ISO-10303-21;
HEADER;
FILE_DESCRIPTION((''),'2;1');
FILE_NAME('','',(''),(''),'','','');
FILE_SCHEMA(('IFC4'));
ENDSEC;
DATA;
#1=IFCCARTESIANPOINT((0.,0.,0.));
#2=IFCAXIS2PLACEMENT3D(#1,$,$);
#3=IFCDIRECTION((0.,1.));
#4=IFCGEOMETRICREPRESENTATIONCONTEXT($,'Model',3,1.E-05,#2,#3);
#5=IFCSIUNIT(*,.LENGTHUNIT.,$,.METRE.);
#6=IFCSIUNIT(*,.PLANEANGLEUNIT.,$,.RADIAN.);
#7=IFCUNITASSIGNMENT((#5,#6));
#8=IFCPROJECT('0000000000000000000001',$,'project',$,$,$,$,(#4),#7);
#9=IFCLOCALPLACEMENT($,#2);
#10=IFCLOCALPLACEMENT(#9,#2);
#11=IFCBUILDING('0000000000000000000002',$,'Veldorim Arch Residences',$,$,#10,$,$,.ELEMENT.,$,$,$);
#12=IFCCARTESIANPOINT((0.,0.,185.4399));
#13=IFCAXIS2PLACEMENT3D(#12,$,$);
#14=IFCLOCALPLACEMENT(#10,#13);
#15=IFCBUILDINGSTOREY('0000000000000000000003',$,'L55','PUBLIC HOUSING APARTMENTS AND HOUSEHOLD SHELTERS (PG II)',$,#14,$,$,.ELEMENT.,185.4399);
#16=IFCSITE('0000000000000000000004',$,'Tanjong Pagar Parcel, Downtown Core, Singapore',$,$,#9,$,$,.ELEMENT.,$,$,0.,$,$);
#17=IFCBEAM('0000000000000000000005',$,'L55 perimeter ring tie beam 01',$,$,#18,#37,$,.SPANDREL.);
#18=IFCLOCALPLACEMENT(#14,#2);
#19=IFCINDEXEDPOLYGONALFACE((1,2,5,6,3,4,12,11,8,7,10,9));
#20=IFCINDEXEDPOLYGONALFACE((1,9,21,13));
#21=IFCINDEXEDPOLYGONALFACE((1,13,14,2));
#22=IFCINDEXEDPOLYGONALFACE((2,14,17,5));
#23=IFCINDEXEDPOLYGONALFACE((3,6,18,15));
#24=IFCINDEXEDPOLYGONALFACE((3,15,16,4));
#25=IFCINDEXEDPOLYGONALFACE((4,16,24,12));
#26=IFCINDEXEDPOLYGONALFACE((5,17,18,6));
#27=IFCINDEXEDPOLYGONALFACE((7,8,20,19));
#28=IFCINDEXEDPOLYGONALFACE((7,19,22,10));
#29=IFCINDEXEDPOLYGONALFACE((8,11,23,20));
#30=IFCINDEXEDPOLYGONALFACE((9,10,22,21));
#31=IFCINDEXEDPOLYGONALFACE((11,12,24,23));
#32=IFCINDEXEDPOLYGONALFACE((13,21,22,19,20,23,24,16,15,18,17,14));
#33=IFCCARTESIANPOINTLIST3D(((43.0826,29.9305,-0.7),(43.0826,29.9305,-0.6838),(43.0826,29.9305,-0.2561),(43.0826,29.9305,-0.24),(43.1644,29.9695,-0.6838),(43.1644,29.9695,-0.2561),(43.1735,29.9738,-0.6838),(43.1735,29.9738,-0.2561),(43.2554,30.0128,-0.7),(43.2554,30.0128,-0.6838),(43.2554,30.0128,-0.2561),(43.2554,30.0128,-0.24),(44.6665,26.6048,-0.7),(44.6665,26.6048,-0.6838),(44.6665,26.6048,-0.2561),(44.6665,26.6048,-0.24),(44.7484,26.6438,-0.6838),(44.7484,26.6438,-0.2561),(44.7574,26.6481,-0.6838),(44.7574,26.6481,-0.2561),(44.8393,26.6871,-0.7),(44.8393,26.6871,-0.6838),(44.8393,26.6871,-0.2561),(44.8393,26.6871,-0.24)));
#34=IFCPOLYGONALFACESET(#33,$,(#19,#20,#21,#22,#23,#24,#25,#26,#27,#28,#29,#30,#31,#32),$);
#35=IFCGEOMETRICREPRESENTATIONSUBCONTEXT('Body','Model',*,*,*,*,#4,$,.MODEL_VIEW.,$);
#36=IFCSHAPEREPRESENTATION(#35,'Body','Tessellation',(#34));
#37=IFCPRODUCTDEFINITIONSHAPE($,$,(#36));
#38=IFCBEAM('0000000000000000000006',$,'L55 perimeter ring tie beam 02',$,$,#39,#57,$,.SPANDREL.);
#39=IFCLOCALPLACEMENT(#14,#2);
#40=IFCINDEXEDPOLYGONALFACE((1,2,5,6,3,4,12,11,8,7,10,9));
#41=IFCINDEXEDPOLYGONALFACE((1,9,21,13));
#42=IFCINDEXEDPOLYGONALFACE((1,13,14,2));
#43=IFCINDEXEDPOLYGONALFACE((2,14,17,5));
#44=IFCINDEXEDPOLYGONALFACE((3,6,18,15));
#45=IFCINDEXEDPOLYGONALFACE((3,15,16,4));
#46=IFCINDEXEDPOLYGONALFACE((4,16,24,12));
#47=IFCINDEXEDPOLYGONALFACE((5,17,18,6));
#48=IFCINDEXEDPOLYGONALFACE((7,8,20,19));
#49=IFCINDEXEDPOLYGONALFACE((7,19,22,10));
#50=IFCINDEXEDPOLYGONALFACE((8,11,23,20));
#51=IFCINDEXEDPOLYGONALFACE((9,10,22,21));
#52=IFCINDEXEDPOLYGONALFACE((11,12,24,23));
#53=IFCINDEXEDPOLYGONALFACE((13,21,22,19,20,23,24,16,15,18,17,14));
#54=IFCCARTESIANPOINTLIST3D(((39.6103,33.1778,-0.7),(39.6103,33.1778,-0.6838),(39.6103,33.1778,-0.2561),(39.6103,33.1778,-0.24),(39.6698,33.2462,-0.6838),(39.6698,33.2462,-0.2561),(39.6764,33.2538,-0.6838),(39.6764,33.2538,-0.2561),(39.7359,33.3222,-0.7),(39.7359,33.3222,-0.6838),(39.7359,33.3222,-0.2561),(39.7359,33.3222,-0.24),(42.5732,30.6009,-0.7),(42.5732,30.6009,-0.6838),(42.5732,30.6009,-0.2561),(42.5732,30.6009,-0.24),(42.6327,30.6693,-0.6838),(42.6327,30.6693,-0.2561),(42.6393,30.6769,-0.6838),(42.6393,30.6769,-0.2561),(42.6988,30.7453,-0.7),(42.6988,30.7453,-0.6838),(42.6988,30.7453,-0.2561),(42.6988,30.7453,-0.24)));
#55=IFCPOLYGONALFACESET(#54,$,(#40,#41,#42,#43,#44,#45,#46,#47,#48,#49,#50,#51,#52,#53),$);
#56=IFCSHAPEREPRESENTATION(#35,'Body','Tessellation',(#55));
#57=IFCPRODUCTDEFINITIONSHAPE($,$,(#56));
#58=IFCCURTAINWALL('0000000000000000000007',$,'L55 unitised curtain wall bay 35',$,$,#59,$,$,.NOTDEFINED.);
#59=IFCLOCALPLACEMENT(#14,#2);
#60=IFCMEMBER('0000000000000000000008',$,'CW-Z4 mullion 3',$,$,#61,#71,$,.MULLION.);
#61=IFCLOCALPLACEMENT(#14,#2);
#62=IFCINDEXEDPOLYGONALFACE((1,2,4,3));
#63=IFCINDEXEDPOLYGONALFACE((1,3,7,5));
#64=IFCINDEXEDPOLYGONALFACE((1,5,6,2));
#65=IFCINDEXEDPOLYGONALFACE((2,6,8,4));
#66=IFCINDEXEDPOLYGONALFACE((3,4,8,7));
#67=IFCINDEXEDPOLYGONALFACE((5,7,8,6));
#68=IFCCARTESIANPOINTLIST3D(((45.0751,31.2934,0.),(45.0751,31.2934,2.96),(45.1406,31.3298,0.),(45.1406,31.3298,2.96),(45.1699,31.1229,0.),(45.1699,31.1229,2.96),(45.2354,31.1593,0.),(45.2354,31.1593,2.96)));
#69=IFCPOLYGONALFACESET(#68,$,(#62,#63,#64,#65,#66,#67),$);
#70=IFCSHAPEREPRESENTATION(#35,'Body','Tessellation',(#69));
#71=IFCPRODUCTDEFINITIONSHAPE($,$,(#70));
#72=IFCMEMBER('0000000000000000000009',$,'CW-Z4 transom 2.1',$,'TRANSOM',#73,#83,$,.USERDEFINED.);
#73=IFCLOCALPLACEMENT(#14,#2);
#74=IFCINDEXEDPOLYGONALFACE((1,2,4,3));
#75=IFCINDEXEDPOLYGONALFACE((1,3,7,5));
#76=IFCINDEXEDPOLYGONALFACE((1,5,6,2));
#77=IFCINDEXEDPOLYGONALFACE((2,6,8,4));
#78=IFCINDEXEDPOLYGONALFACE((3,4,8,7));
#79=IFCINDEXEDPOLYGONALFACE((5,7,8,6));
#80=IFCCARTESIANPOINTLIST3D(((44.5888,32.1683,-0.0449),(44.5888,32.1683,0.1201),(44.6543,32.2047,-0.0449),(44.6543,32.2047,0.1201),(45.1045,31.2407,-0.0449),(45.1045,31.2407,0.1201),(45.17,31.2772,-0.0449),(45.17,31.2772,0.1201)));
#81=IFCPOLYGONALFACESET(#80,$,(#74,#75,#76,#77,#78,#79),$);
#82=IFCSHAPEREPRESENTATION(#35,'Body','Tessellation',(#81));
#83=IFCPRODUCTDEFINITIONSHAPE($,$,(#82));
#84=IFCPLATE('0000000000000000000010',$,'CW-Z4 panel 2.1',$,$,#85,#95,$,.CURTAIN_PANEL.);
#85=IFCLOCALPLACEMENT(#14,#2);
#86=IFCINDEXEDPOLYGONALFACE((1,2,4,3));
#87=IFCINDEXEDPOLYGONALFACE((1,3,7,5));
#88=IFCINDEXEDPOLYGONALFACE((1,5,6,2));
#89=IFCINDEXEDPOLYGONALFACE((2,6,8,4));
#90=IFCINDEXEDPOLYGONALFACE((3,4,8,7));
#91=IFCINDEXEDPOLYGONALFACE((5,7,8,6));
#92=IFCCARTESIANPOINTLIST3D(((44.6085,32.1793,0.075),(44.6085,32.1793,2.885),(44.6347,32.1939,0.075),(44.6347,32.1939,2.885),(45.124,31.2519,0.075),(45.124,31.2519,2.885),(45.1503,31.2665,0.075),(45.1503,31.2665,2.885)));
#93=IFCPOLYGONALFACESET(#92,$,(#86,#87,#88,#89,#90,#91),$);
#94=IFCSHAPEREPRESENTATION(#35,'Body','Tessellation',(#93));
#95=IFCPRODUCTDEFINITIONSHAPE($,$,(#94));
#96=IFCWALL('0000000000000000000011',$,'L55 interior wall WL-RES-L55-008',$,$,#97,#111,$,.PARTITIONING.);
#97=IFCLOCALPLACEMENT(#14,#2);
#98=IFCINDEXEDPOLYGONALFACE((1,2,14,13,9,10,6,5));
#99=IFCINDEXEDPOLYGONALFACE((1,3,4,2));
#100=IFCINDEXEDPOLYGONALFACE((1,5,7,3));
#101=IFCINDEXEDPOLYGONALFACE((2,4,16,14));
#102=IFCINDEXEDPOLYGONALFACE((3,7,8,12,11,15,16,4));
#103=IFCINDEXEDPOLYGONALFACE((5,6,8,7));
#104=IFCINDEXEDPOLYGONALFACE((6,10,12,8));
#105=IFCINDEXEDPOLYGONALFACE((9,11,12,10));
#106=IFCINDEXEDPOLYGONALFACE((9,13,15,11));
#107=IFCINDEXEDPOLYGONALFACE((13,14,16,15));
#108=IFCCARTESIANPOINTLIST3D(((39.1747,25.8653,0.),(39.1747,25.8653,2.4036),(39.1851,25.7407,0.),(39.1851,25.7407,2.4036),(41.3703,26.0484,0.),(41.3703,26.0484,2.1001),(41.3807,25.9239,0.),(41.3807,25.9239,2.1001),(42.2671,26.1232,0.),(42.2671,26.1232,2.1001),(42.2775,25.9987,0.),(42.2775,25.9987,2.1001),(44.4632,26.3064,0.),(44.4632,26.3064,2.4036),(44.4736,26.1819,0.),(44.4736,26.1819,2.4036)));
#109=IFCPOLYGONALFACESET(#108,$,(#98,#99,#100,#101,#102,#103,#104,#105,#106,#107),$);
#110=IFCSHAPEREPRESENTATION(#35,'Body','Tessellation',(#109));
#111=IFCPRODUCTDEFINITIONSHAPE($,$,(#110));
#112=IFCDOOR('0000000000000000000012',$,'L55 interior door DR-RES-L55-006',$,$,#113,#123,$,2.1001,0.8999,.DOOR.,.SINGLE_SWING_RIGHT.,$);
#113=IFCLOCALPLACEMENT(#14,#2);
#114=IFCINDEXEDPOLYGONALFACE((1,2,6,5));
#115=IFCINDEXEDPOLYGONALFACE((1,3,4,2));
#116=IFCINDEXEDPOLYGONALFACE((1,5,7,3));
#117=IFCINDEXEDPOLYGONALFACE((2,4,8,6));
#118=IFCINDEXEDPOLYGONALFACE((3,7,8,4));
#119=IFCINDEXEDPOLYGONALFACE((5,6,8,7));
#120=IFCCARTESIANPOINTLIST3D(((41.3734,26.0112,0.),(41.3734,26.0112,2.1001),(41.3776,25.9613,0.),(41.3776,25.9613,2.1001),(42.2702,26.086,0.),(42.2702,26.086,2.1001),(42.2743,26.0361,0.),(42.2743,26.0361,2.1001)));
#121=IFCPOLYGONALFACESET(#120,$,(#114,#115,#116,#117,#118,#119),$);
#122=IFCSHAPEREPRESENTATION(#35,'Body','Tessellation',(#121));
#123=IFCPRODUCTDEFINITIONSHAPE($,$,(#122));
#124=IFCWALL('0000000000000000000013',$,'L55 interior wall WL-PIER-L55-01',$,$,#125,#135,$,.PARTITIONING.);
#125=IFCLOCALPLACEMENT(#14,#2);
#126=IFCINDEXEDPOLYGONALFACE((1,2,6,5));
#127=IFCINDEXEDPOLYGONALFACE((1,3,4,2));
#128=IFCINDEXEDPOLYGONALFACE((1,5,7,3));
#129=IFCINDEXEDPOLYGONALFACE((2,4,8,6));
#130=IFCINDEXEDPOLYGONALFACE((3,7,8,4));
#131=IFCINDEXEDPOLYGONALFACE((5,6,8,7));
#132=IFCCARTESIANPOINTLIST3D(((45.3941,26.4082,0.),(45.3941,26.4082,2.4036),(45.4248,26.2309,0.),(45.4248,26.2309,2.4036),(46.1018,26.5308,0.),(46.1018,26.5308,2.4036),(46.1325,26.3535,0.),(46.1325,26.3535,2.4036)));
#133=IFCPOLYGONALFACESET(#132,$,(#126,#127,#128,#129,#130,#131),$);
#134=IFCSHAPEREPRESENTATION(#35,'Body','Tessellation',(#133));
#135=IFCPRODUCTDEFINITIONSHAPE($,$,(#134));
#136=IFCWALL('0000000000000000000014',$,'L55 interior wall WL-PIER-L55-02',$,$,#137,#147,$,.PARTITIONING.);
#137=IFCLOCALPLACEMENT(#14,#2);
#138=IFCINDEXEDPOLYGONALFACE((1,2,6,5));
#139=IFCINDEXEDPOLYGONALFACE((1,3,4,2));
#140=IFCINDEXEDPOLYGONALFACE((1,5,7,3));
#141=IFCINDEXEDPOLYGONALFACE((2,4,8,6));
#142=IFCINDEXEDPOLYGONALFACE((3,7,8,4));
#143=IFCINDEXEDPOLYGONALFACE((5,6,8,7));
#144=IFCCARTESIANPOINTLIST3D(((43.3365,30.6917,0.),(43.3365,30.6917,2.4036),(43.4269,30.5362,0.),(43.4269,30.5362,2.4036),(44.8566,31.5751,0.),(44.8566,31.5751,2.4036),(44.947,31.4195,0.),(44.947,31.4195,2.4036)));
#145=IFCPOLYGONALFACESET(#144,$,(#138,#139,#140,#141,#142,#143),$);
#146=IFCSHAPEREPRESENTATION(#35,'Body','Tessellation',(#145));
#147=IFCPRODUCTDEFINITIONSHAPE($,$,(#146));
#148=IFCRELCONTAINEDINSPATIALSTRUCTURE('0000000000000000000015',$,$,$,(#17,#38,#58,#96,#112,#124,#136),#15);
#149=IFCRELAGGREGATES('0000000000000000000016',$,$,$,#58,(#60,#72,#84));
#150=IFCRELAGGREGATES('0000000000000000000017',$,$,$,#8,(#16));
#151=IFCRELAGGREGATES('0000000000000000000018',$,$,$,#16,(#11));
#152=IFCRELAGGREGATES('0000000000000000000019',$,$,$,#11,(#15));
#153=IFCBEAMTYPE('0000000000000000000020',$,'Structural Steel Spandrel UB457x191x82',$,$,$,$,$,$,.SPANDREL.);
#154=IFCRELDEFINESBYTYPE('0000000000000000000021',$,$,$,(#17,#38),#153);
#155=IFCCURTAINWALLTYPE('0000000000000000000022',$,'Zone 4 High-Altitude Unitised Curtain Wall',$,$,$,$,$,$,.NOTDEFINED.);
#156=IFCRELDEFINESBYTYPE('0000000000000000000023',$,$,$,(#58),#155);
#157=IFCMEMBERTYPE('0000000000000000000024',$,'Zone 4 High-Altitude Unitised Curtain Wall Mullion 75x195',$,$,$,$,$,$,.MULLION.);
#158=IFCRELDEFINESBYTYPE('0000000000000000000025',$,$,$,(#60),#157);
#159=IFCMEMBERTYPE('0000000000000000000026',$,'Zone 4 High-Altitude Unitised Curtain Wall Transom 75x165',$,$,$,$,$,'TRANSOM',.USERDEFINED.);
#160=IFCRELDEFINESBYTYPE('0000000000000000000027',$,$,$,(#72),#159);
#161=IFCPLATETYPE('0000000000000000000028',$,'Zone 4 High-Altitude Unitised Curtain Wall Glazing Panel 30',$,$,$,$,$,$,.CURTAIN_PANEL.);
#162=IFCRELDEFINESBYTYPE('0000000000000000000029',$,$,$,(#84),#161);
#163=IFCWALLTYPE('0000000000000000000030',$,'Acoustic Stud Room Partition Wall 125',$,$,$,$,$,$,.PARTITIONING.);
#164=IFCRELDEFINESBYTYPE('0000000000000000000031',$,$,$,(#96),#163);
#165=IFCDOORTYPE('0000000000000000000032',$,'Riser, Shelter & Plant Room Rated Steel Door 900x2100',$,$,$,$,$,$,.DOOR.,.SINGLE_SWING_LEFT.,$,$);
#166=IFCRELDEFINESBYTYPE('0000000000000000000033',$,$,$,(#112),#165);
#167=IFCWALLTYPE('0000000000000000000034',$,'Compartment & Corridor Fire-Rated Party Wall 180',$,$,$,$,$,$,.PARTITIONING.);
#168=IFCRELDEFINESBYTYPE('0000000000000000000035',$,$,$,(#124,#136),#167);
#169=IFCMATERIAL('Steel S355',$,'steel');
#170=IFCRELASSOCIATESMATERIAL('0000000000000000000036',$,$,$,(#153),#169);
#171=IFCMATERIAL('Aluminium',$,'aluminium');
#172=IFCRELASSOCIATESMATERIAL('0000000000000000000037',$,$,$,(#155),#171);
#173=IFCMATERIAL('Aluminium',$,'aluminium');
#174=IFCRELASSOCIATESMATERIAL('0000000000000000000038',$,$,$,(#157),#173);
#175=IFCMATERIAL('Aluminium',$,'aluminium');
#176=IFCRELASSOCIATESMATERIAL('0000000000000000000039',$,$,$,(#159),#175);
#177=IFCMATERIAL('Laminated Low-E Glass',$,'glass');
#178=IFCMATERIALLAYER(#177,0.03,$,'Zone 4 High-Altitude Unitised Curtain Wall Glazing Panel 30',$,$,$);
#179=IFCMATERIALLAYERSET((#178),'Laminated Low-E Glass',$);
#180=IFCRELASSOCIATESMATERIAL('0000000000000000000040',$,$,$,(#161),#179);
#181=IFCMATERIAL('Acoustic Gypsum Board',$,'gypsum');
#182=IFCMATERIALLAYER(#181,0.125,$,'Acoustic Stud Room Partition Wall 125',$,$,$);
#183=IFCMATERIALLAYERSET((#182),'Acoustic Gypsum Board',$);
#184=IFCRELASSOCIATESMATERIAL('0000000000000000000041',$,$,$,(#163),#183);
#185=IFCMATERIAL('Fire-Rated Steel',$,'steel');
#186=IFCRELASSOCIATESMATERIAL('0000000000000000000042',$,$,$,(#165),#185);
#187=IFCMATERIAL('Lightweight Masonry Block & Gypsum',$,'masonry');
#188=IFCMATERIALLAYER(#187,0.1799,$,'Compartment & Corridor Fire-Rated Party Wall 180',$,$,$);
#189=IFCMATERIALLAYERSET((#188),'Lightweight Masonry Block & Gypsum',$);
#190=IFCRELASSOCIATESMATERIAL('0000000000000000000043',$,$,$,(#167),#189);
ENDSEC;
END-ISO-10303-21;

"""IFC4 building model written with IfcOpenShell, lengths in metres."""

from ifc_helpers import new_model, si_unit, direction, frame, frame_2d, origin, origin_2d, place, context, subcontext, project, spatial, rectangle, i_section, extrude, material, layer, layer_set, material_profile, profile_set, type_object, element, fill, aggregate, save


model = new_model("IFC4")

# Units and contexts
model_context = context("Model", 3, precision=1e-05, world=origin(), true_north=direction((0.0, 1.0)))
body_context = subcontext(model_context, "Body", "Model", "MODEL_VIEW")
ifc_project = project(units=[si_unit("LENGTHUNIT", "METRE"), si_unit("PLANEANGLEUNIT", "RADIAN")], contexts=[model_context])

# Site, building, storey
site_placement = place(None, origin())
site = spatial("IfcSite", under=ifc_project, at=site_placement, Name="Tanjong Pagar Parcel, Downtown Core, Singapore", CompositionType="ELEMENT", RefElevation=0.0)
building_placement = place(site_placement, origin())
building = spatial("IfcBuilding", under=site, at=building_placement, Name="Veldorim Arch Residences", CompositionType="ELEMENT")
storey_placement = place(building_placement, frame((0.0, 0.0, 185.4399)))
storey = spatial("IfcBuildingStorey", under=building, at=storey_placement, Name="L55", Description="PUBLIC HOUSING APARTMENTS AND HOUSEHOLD SHELTERS (PG II)", CompositionType="ELEMENT", Elevation=185.4399)

# Beams
ifc_material_1 = material(Name="Steel S355", Category="steel")
ifc_material_profile_1 = material_profile(ifc_material_1, i_section(OverallWidth=0.1914, OverallDepth=0.46, WebThickness=0.01, FlangeThickness=0.0161, at=origin_2d()), Name="UB457x191x82")
ifc_profile_set_1 = profile_set([ifc_material_profile_1], Name="Steel S355")
beam_type_1 = type_object("IfcBeamType", Name="Structural Steel Spandrel UB457x191x82", PredefinedType="SPANDREL", material=ifc_profile_set_1)
beam_1_placement = place(storey_placement, frame((44.7529, 26.646, -0.47), z_axis=(-0.430006, 0.902826, 0.0), x_axis=(-0.902826, -0.430006, 0.0)))
element("IfcBeam", 1, at=beam_1_placement, inside=storey, type_object=beam_type_1, Name="L55 perimeter ring tie beam 01", PredefinedType="SPANDREL", context=body_context, shape_type="SweptSolid", body=[
    extrude(i_section(OverallWidth=0.1914, OverallDepth=0.46, WebThickness=0.01, FlangeThickness=0.0161, at=origin_2d()), origin(), (0.0, 0.0, 1.0), 3.6836),
])
beam_2_placement = place(storey_placement, frame((42.636, 30.6731, -0.47), z_axis=(-0.754545, 0.656248, 0.0), x_axis=(-0.656248, -0.754545, 0.0)))
element("IfcBeam", 2, at=beam_2_placement, inside=storey, type_object=beam_type_1, Name="L55 perimeter ring tie beam 02", PredefinedType="SPANDREL", context=body_context, shape_type="SweptSolid", body=[
    extrude(i_section(OverallWidth=0.1914, OverallDepth=0.46, WebThickness=0.01, FlangeThickness=0.0161, at=origin_2d()), origin(), (0.0, 0.0, 1.0), 3.9268),
])

# Curtain wall, members, plate
ifc_material_2 = material(Name="Aluminium", Category="aluminium")
curtain_wall_type = type_object("IfcCurtainWallType", Name="Zone 4 High-Altitude Unitised Curtain Wall", PredefinedType="NOTDEFINED", material=ifc_material_2)
curtain_wall_placement = place(storey_placement, origin())
curtain_wall = element("IfcCurtainWall", 3, at=curtain_wall_placement, inside=storey, type_object=curtain_wall_type, Name="L55 unitised curtain wall bay 35", PredefinedType="NOTDEFINED")
ifc_material_3 = material(Name="Aluminium", Category="aluminium")
ifc_material_profile_2 = material_profile(ifc_material_3, rectangle(XDim=0.075, YDim=0.1951, at=origin_2d()), Name="ALU_MUL_75x195")
ifc_profile_set_2 = profile_set([ifc_material_profile_2], Name="Aluminium")
member_type_1 = type_object("IfcMemberType", Name="Zone 4 High-Altitude Unitised Curtain Wall Mullion 75x195", PredefinedType="MULLION", material=ifc_profile_set_2)
member_1_placement = place(storey_placement, frame((45.1553, 31.2263, 0.0), z_axis=(0.0, 0.0, 1.0), x_axis=(0.874023, 0.485885, 0.0)))
member_1 = element("IfcMember", 4, at=member_1_placement, type_object=member_type_1, Name="CW-Z4 mullion 3", PredefinedType="MULLION", context=body_context, shape_type="SweptSolid", body=[
    extrude(rectangle(XDim=0.075, YDim=0.1951, at=origin_2d()), origin(), (0.0, 0.0, 1.0), 2.96),
])
ifc_material_4 = material(Name="Aluminium", Category="aluminium")
ifc_material_profile_3 = material_profile(ifc_material_4, rectangle(XDim=0.075, YDim=0.165, at=origin_2d()), Name="ALU_TRN_75x165")
ifc_profile_set_3 = profile_set([ifc_material_profile_3], Name="Aluminium")
member_type_2 = type_object("IfcMemberType", Name="Zone 4 High-Altitude Unitised Curtain Wall Transom 75x165", ElementType="TRANSOM", PredefinedType="USERDEFINED", material=ifc_profile_set_3)
member_2_placement = place(storey_placement, frame((44.6216, 32.1865, 0.0376), z_axis=(0.485897, -0.874016, 0.0), x_axis=(0.874016, 0.485897, 0.0)))
member_2 = element("IfcMember", 5, at=member_2_placement, type_object=member_type_2, Name="CW-Z4 transom 2.1", ObjectType="TRANSOM", PredefinedType="USERDEFINED", context=body_context, shape_type="SweptSolid", body=[
    extrude(rectangle(XDim=0.075, YDim=0.165, at=origin_2d()), origin(), (0.0, 0.0, 1.0), 1.0613),
])
ifc_material_5 = material(Name="Laminated Low-E Glass", Category="glass")
ifc_layer_1 = layer(ifc_material_5, 0.03, Name="Zone 4 High-Altitude Unitised Curtain Wall Glazing Panel 30")
ifc_layer_set_1 = layer_set([ifc_layer_1], Name="Laminated Low-E Glass")
plate_type = type_object("IfcPlateType", Name="Zone 4 High-Altitude Unitised Curtain Wall Glazing Panel 30", PredefinedType="CURTAIN_PANEL", material=ifc_layer_set_1)
plate_placement = place(storey_placement, frame((44.8794, 31.7229, 0.075), z_axis=(0.0, 0.0, 1.0), x_axis=(0.485885, -0.874023, 0.0)))
plate = element("IfcPlate", 6, at=plate_placement, type_object=plate_type, Name="CW-Z4 panel 2.1", PredefinedType="CURTAIN_PANEL", context=body_context, shape_type="SweptSolid", body=[
    extrude(rectangle(XDim=1.061, YDim=0.03, at=origin_2d()), origin(), (0.0, 0.0, 1.0), 2.8101),
])
aggregate(curtain_wall, [member_1, member_2, plate])

# Wall, opening, door
ifc_material_6 = material(Name="Acoustic Gypsum Board", Category="gypsum")
ifc_layer_2 = layer(ifc_material_6, 0.125, Name="Acoustic Stud Room Partition Wall 125")
ifc_layer_set_2 = layer_set([ifc_layer_2], Name="Acoustic Gypsum Board")
wall_type_1 = type_object("IfcWallType", Name="Acoustic Stud Room Partition Wall 125", PredefinedType="PARTITIONING", material=ifc_layer_set_2)
wall_1_placement = place(storey_placement, frame((44.4683, 26.2441, 0.0), z_axis=(0.0, 0.0, 1.0), x_axis=(-0.996539, -0.083129, 0.0)))
wall_1 = element("IfcWall", 7, at=wall_1_placement, inside=storey, type_object=wall_type_1, Name="L55 interior wall WL-RES-L55-008", PredefinedType="PARTITIONING", context=body_context, shape_type="SweptSolid", body=[
    extrude(rectangle(XDim=5.3069, YDim=0.125, at=frame_2d((2.6533, 0.0))), origin(), (0.0, 0.0, 1.0), 2.4036),
])
opening_1_placement = place(wall_1_placement, frame((2.2036, 0.0, 0.0)))
opening_1 = element("IfcOpeningElement", 8, at=opening_1_placement, cuts=wall_1, PredefinedType="OPENING", context=body_context, shape_type="SweptSolid", body=[
    extrude(rectangle(XDim=0.8999, YDim=2.1001, at=frame_2d((0.45, 1.05))), frame((0.0, 0.0725, 0.0), z_axis=(0.0, -1.0, 0.0), x_axis=(1.0, 0.0, 0.0)), (0.0, 0.0, 1.0), 0.145),
])
ifc_material_7 = material(Name="Fire-Rated Steel", Category="steel")
door_type = type_object("IfcDoorType", Name="Riser, Shelter & Plant Room Rated Steel Door 900x2100", OperationType="SINGLE_SWING_LEFT", PredefinedType="DOOR", material=ifc_material_7)
door_placement = place(opening_1_placement, origin())
door = element("IfcDoor", 9, at=door_placement, inside=storey, type_object=door_type, Name="L55 interior door DR-RES-L55-006", OperationType="SINGLE_SWING_RIGHT", OverallHeight=2.1001, OverallWidth=0.8999, PredefinedType="DOOR", context=body_context, shape_type="SweptSolid", body=[
    extrude(rectangle(XDim=0.8999, YDim=2.1001, at=frame_2d((0.45, 1.05))), frame((0.0, 0.0249, 0.0), z_axis=(0.0, -1.0, 0.0), x_axis=(1.0, 0.0, 0.0)), (0.0, 0.0, 1.0), 0.05),
])
fill(opening_1, door)

# Walls
ifc_material_8 = material(Name="Lightweight Masonry Block & Gypsum", Category="masonry")
ifc_layer_3 = layer(ifc_material_8, 0.1799, Name="Compartment & Corridor Fire-Rated Party Wall 180")
ifc_layer_set_3 = layer_set([ifc_layer_3], Name="Lightweight Masonry Block & Gypsum")
wall_type_2 = type_object("IfcWallType", Name="Compartment & Corridor Fire-Rated Party Wall 180", PredefinedType="PARTITIONING", material=ifc_layer_set_3)
wall_2_placement = place(storey_placement, frame((45.4094, 26.3196, 0.0), z_axis=(0.0, 0.0, 1.0), x_axis=(0.985336, 0.170624, 0.0)))
element("IfcWall", 10, at=wall_2_placement, inside=storey, type_object=wall_type_2, Name="L55 interior wall WL-PIER-L55-01", PredefinedType="PARTITIONING", context=body_context, shape_type="SweptSolid", body=[
    extrude(rectangle(XDim=0.7183, YDim=0.1799, at=frame_2d((0.3591, 0.0))), origin(), (0.0, 0.0, 1.0), 2.4036),
])
wall_3_placement = place(storey_placement, frame((43.3818, 30.614, 0.0), z_axis=(0.0, 0.0, 1.0), x_axis=(0.864614, 0.502437, 0.0)))
element("IfcWall", 11, at=wall_3_placement, inside=storey, type_object=wall_type_2, Name="L55 interior wall WL-PIER-L55-02", PredefinedType="PARTITIONING", context=body_context, shape_type="SweptSolid", body=[
    extrude(rectangle(XDim=1.7581, YDim=0.1799, at=frame_2d((0.8789, 0.0))), origin(), (0.0, 0.0, 1.0), 2.4036),
])

save(model, "model.ifc")
